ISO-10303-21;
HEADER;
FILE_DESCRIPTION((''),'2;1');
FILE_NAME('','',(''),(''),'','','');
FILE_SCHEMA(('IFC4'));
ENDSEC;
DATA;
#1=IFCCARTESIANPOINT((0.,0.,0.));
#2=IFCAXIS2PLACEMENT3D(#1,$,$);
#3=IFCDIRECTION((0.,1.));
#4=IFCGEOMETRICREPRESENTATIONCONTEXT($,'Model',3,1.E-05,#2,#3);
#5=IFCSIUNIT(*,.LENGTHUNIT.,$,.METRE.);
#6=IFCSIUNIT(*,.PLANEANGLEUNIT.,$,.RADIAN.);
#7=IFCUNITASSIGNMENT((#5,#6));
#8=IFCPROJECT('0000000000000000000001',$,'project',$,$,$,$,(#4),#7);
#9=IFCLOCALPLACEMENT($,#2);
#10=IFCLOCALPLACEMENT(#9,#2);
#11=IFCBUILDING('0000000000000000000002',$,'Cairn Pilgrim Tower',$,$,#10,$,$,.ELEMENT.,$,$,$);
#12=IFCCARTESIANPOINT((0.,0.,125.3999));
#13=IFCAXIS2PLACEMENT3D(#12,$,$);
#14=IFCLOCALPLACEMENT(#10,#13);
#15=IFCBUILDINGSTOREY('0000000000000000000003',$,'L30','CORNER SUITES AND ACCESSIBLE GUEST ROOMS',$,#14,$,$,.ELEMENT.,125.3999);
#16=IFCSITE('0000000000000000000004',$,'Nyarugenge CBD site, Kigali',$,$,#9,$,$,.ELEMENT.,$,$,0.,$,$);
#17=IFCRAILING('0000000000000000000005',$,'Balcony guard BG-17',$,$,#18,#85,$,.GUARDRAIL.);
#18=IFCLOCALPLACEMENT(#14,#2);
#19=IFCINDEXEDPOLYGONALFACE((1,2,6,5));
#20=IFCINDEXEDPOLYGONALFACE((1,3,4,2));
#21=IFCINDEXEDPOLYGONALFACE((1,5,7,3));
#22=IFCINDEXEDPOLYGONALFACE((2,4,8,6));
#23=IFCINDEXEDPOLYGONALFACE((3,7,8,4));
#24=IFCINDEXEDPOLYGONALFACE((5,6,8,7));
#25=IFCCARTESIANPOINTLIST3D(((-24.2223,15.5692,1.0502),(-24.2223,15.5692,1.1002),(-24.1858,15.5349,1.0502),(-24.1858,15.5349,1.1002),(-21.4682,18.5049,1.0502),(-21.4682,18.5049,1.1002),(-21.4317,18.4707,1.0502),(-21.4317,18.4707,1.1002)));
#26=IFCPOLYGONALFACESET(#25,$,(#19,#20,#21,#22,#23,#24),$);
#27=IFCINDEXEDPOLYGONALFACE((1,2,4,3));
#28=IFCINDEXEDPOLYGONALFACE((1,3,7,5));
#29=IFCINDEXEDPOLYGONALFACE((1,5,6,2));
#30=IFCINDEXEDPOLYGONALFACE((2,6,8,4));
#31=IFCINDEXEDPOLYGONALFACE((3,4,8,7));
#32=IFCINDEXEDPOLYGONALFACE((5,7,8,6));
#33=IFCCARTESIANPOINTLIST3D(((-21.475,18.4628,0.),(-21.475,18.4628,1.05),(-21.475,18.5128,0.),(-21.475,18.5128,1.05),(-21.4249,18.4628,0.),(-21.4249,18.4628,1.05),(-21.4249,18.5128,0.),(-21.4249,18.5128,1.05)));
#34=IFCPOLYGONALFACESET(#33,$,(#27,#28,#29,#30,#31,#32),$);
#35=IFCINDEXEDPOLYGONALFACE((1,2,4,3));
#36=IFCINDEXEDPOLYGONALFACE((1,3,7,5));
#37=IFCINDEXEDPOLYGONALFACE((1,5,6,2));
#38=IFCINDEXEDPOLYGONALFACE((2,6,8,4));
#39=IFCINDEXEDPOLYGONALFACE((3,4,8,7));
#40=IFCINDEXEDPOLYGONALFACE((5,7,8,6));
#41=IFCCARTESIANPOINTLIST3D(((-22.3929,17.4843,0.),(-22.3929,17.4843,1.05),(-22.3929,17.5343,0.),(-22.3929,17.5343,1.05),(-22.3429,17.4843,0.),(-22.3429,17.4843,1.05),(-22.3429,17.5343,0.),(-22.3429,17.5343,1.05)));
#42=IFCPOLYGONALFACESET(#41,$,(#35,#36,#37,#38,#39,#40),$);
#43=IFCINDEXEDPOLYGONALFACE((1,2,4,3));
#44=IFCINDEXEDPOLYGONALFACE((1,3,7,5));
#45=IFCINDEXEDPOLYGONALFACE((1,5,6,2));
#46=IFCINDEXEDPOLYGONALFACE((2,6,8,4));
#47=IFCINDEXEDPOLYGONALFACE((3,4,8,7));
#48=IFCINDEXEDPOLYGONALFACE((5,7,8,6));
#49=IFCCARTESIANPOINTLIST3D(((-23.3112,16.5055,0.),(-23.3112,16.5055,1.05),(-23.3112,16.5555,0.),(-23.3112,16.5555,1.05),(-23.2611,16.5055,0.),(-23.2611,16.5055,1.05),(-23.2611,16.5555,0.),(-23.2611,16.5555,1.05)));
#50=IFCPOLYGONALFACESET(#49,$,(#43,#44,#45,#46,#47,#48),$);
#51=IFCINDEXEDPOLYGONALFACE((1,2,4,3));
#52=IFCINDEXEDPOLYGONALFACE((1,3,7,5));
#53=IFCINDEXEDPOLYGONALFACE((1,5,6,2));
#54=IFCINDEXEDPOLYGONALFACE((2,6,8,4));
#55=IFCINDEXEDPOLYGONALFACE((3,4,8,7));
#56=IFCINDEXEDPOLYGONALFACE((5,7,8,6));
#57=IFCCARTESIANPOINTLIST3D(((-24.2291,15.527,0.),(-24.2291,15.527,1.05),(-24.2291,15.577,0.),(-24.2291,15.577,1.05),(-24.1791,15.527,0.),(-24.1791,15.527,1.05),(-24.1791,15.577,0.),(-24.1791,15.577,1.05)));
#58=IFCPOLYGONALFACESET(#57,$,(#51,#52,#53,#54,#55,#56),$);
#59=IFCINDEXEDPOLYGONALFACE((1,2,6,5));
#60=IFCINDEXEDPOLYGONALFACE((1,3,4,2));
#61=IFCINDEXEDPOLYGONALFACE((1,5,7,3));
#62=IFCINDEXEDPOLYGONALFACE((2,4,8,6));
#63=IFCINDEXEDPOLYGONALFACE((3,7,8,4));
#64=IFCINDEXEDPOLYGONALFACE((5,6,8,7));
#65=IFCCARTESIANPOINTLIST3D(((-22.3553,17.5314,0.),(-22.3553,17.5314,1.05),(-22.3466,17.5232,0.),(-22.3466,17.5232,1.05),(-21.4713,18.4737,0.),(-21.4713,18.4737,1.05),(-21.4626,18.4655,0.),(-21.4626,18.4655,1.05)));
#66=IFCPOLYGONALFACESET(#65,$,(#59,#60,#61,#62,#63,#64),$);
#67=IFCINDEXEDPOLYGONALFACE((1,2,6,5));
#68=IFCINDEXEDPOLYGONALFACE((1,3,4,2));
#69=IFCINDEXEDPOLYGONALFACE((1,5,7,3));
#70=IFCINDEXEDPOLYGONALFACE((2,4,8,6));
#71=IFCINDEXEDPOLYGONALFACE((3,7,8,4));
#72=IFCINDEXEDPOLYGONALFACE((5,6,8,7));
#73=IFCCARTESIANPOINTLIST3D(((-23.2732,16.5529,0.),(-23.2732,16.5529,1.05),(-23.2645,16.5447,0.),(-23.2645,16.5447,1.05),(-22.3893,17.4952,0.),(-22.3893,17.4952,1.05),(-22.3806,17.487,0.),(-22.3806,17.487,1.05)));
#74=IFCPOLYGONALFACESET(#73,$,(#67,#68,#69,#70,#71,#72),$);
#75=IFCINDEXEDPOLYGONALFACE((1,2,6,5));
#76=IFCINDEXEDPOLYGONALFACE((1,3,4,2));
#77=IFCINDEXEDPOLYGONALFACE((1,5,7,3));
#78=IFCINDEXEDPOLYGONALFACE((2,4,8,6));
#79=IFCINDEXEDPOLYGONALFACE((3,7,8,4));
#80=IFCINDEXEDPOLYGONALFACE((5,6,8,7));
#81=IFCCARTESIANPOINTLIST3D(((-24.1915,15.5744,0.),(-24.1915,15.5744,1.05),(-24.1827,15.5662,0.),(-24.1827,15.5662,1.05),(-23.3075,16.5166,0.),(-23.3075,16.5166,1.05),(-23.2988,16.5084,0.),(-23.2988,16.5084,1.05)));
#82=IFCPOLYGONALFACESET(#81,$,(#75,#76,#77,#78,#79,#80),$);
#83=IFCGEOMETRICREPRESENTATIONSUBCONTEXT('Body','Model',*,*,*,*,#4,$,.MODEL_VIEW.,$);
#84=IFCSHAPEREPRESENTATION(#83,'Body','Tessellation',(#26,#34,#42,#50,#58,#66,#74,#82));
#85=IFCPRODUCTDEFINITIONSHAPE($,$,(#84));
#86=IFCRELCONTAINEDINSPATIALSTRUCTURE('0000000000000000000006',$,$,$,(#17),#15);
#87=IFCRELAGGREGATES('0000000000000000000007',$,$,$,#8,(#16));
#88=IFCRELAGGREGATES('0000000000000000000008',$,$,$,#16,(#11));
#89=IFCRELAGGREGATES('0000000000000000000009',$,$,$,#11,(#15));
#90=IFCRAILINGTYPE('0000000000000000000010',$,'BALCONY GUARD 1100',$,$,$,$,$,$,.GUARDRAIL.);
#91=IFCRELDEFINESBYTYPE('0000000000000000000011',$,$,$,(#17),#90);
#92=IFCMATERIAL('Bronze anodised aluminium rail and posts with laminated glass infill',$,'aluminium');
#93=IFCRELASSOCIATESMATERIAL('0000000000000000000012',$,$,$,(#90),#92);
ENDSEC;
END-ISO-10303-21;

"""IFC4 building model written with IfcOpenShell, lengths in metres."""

from ifc_helpers import new_model, si_unit, direction, frame, origin, origin_2d, place, context, subcontext, project, spatial, polyline, rectangle, outline, extrude, material, type_object, element, save


model = new_model("IFC4")

# Units and contexts
model_context = context("Model", 3, precision=1e-05, world=origin(), true_north=direction((0.0, 1.0)))
body_context = subcontext(model_context, "Body", "Model", "MODEL_VIEW")
ifc_project = project(units=[si_unit("LENGTHUNIT", "METRE"), si_unit("PLANEANGLEUNIT", "RADIAN")], contexts=[model_context])

# Site, building, storey
site_placement = place(None, origin())
site = spatial("IfcSite", under=ifc_project, at=site_placement, Name="Nyarugenge CBD site, Kigali", CompositionType="ELEMENT", RefElevation=0.0)
building_placement = place(site_placement, origin())
building = spatial("IfcBuilding", under=site, at=building_placement, Name="Cairn Pilgrim Tower", CompositionType="ELEMENT")
storey_placement = place(building_placement, frame((0.0, 0.0, 125.3999)))
storey = spatial("IfcBuildingStorey", under=building, at=storey_placement, Name="L30", Description="CORNER SUITES AND ACCESSIBLE GUEST ROOMS", CompositionType="ELEMENT", Elevation=125.3999)

# Railing
ifc_material_1 = material(Name="Bronze anodised aluminium rail and posts with laminated glass infill", Category="aluminium")
railing_type = type_object("IfcRailingType", Name="BALCONY GUARD 1100", PredefinedType="GUARDRAIL", material=ifc_material_1)
railing_1_placement = place(storey_placement, frame((-21.45, 18.4878, 0.0)))
element("IfcRailing", 1, at=railing_1_placement, inside=storey, type_object=railing_type, Name="Balcony guard BG-17", PredefinedType="GUARDRAIL", context=body_context, shape_type="SweptSolid", body=[
    extrude(rectangle(XDim=0.05, YDim=0.05, at=origin_2d()), frame((0.0, 0.0, 1.0752), z_axis=(-0.684185, -0.729308, 0.0), x_axis=(0.729308, -0.684185, 0.0)), (0.0, 0.0, 1.0), 4.0254),
    extrude(rectangle(XDim=0.05, YDim=0.05, at=origin_2d()), origin(), (0.0, 0.0, 1.0), 1.05),
    extrude(rectangle(XDim=0.05, YDim=0.05, at=origin_2d()), frame((-0.918, -0.9785, 0.0)), (0.0, 0.0, 1.0), 1.05),
    extrude(rectangle(XDim=0.05, YDim=0.05, at=origin_2d()), frame((-1.8362, -1.9573, 0.0)), (0.0, 0.0, 1.0), 1.05),
    extrude(rectangle(XDim=0.05, YDim=0.05, at=origin_2d()), frame((-2.7542, -2.9358, 0.0)), (0.0, 0.0, 1.0), 1.05),
    extrude(outline(polyline([(0.0249, 0.0), (1.3169, 0.0), (1.3169, 1.05), (0.0249, 1.05), (0.0249, 0.0)])), frame((0.0044, -0.0042, 0.0), z_axis=(-0.729308, 0.684185, 0.0), x_axis=(-0.684185, -0.729308, 0.0)), (0.0, 0.0, 1.0), 0.012),
    extrude(outline(polyline([(0.0249, 0.0), (1.3169, 0.0), (1.3169, 1.05), (0.0249, 1.05), (0.0249, 0.0)])), frame((-0.9136, -0.9827, 0.0), z_axis=(-0.729308, 0.684185, 0.0), x_axis=(-0.684185, -0.729308, 0.0)), (0.0, 0.0, 1.0), 0.012),
    extrude(outline(polyline([(0.0249, 0.0), (1.3169, 0.0), (1.3169, 1.05), (0.0249, 1.05), (0.0249, 0.0)])), frame((-1.8318, -1.9612, 0.0), z_axis=(-0.729308, 0.684185, 0.0), x_axis=(-0.684185, -0.729308, 0.0)), (0.0, 0.0, 1.0), 0.012),
])

save(model, "model.ifc")
